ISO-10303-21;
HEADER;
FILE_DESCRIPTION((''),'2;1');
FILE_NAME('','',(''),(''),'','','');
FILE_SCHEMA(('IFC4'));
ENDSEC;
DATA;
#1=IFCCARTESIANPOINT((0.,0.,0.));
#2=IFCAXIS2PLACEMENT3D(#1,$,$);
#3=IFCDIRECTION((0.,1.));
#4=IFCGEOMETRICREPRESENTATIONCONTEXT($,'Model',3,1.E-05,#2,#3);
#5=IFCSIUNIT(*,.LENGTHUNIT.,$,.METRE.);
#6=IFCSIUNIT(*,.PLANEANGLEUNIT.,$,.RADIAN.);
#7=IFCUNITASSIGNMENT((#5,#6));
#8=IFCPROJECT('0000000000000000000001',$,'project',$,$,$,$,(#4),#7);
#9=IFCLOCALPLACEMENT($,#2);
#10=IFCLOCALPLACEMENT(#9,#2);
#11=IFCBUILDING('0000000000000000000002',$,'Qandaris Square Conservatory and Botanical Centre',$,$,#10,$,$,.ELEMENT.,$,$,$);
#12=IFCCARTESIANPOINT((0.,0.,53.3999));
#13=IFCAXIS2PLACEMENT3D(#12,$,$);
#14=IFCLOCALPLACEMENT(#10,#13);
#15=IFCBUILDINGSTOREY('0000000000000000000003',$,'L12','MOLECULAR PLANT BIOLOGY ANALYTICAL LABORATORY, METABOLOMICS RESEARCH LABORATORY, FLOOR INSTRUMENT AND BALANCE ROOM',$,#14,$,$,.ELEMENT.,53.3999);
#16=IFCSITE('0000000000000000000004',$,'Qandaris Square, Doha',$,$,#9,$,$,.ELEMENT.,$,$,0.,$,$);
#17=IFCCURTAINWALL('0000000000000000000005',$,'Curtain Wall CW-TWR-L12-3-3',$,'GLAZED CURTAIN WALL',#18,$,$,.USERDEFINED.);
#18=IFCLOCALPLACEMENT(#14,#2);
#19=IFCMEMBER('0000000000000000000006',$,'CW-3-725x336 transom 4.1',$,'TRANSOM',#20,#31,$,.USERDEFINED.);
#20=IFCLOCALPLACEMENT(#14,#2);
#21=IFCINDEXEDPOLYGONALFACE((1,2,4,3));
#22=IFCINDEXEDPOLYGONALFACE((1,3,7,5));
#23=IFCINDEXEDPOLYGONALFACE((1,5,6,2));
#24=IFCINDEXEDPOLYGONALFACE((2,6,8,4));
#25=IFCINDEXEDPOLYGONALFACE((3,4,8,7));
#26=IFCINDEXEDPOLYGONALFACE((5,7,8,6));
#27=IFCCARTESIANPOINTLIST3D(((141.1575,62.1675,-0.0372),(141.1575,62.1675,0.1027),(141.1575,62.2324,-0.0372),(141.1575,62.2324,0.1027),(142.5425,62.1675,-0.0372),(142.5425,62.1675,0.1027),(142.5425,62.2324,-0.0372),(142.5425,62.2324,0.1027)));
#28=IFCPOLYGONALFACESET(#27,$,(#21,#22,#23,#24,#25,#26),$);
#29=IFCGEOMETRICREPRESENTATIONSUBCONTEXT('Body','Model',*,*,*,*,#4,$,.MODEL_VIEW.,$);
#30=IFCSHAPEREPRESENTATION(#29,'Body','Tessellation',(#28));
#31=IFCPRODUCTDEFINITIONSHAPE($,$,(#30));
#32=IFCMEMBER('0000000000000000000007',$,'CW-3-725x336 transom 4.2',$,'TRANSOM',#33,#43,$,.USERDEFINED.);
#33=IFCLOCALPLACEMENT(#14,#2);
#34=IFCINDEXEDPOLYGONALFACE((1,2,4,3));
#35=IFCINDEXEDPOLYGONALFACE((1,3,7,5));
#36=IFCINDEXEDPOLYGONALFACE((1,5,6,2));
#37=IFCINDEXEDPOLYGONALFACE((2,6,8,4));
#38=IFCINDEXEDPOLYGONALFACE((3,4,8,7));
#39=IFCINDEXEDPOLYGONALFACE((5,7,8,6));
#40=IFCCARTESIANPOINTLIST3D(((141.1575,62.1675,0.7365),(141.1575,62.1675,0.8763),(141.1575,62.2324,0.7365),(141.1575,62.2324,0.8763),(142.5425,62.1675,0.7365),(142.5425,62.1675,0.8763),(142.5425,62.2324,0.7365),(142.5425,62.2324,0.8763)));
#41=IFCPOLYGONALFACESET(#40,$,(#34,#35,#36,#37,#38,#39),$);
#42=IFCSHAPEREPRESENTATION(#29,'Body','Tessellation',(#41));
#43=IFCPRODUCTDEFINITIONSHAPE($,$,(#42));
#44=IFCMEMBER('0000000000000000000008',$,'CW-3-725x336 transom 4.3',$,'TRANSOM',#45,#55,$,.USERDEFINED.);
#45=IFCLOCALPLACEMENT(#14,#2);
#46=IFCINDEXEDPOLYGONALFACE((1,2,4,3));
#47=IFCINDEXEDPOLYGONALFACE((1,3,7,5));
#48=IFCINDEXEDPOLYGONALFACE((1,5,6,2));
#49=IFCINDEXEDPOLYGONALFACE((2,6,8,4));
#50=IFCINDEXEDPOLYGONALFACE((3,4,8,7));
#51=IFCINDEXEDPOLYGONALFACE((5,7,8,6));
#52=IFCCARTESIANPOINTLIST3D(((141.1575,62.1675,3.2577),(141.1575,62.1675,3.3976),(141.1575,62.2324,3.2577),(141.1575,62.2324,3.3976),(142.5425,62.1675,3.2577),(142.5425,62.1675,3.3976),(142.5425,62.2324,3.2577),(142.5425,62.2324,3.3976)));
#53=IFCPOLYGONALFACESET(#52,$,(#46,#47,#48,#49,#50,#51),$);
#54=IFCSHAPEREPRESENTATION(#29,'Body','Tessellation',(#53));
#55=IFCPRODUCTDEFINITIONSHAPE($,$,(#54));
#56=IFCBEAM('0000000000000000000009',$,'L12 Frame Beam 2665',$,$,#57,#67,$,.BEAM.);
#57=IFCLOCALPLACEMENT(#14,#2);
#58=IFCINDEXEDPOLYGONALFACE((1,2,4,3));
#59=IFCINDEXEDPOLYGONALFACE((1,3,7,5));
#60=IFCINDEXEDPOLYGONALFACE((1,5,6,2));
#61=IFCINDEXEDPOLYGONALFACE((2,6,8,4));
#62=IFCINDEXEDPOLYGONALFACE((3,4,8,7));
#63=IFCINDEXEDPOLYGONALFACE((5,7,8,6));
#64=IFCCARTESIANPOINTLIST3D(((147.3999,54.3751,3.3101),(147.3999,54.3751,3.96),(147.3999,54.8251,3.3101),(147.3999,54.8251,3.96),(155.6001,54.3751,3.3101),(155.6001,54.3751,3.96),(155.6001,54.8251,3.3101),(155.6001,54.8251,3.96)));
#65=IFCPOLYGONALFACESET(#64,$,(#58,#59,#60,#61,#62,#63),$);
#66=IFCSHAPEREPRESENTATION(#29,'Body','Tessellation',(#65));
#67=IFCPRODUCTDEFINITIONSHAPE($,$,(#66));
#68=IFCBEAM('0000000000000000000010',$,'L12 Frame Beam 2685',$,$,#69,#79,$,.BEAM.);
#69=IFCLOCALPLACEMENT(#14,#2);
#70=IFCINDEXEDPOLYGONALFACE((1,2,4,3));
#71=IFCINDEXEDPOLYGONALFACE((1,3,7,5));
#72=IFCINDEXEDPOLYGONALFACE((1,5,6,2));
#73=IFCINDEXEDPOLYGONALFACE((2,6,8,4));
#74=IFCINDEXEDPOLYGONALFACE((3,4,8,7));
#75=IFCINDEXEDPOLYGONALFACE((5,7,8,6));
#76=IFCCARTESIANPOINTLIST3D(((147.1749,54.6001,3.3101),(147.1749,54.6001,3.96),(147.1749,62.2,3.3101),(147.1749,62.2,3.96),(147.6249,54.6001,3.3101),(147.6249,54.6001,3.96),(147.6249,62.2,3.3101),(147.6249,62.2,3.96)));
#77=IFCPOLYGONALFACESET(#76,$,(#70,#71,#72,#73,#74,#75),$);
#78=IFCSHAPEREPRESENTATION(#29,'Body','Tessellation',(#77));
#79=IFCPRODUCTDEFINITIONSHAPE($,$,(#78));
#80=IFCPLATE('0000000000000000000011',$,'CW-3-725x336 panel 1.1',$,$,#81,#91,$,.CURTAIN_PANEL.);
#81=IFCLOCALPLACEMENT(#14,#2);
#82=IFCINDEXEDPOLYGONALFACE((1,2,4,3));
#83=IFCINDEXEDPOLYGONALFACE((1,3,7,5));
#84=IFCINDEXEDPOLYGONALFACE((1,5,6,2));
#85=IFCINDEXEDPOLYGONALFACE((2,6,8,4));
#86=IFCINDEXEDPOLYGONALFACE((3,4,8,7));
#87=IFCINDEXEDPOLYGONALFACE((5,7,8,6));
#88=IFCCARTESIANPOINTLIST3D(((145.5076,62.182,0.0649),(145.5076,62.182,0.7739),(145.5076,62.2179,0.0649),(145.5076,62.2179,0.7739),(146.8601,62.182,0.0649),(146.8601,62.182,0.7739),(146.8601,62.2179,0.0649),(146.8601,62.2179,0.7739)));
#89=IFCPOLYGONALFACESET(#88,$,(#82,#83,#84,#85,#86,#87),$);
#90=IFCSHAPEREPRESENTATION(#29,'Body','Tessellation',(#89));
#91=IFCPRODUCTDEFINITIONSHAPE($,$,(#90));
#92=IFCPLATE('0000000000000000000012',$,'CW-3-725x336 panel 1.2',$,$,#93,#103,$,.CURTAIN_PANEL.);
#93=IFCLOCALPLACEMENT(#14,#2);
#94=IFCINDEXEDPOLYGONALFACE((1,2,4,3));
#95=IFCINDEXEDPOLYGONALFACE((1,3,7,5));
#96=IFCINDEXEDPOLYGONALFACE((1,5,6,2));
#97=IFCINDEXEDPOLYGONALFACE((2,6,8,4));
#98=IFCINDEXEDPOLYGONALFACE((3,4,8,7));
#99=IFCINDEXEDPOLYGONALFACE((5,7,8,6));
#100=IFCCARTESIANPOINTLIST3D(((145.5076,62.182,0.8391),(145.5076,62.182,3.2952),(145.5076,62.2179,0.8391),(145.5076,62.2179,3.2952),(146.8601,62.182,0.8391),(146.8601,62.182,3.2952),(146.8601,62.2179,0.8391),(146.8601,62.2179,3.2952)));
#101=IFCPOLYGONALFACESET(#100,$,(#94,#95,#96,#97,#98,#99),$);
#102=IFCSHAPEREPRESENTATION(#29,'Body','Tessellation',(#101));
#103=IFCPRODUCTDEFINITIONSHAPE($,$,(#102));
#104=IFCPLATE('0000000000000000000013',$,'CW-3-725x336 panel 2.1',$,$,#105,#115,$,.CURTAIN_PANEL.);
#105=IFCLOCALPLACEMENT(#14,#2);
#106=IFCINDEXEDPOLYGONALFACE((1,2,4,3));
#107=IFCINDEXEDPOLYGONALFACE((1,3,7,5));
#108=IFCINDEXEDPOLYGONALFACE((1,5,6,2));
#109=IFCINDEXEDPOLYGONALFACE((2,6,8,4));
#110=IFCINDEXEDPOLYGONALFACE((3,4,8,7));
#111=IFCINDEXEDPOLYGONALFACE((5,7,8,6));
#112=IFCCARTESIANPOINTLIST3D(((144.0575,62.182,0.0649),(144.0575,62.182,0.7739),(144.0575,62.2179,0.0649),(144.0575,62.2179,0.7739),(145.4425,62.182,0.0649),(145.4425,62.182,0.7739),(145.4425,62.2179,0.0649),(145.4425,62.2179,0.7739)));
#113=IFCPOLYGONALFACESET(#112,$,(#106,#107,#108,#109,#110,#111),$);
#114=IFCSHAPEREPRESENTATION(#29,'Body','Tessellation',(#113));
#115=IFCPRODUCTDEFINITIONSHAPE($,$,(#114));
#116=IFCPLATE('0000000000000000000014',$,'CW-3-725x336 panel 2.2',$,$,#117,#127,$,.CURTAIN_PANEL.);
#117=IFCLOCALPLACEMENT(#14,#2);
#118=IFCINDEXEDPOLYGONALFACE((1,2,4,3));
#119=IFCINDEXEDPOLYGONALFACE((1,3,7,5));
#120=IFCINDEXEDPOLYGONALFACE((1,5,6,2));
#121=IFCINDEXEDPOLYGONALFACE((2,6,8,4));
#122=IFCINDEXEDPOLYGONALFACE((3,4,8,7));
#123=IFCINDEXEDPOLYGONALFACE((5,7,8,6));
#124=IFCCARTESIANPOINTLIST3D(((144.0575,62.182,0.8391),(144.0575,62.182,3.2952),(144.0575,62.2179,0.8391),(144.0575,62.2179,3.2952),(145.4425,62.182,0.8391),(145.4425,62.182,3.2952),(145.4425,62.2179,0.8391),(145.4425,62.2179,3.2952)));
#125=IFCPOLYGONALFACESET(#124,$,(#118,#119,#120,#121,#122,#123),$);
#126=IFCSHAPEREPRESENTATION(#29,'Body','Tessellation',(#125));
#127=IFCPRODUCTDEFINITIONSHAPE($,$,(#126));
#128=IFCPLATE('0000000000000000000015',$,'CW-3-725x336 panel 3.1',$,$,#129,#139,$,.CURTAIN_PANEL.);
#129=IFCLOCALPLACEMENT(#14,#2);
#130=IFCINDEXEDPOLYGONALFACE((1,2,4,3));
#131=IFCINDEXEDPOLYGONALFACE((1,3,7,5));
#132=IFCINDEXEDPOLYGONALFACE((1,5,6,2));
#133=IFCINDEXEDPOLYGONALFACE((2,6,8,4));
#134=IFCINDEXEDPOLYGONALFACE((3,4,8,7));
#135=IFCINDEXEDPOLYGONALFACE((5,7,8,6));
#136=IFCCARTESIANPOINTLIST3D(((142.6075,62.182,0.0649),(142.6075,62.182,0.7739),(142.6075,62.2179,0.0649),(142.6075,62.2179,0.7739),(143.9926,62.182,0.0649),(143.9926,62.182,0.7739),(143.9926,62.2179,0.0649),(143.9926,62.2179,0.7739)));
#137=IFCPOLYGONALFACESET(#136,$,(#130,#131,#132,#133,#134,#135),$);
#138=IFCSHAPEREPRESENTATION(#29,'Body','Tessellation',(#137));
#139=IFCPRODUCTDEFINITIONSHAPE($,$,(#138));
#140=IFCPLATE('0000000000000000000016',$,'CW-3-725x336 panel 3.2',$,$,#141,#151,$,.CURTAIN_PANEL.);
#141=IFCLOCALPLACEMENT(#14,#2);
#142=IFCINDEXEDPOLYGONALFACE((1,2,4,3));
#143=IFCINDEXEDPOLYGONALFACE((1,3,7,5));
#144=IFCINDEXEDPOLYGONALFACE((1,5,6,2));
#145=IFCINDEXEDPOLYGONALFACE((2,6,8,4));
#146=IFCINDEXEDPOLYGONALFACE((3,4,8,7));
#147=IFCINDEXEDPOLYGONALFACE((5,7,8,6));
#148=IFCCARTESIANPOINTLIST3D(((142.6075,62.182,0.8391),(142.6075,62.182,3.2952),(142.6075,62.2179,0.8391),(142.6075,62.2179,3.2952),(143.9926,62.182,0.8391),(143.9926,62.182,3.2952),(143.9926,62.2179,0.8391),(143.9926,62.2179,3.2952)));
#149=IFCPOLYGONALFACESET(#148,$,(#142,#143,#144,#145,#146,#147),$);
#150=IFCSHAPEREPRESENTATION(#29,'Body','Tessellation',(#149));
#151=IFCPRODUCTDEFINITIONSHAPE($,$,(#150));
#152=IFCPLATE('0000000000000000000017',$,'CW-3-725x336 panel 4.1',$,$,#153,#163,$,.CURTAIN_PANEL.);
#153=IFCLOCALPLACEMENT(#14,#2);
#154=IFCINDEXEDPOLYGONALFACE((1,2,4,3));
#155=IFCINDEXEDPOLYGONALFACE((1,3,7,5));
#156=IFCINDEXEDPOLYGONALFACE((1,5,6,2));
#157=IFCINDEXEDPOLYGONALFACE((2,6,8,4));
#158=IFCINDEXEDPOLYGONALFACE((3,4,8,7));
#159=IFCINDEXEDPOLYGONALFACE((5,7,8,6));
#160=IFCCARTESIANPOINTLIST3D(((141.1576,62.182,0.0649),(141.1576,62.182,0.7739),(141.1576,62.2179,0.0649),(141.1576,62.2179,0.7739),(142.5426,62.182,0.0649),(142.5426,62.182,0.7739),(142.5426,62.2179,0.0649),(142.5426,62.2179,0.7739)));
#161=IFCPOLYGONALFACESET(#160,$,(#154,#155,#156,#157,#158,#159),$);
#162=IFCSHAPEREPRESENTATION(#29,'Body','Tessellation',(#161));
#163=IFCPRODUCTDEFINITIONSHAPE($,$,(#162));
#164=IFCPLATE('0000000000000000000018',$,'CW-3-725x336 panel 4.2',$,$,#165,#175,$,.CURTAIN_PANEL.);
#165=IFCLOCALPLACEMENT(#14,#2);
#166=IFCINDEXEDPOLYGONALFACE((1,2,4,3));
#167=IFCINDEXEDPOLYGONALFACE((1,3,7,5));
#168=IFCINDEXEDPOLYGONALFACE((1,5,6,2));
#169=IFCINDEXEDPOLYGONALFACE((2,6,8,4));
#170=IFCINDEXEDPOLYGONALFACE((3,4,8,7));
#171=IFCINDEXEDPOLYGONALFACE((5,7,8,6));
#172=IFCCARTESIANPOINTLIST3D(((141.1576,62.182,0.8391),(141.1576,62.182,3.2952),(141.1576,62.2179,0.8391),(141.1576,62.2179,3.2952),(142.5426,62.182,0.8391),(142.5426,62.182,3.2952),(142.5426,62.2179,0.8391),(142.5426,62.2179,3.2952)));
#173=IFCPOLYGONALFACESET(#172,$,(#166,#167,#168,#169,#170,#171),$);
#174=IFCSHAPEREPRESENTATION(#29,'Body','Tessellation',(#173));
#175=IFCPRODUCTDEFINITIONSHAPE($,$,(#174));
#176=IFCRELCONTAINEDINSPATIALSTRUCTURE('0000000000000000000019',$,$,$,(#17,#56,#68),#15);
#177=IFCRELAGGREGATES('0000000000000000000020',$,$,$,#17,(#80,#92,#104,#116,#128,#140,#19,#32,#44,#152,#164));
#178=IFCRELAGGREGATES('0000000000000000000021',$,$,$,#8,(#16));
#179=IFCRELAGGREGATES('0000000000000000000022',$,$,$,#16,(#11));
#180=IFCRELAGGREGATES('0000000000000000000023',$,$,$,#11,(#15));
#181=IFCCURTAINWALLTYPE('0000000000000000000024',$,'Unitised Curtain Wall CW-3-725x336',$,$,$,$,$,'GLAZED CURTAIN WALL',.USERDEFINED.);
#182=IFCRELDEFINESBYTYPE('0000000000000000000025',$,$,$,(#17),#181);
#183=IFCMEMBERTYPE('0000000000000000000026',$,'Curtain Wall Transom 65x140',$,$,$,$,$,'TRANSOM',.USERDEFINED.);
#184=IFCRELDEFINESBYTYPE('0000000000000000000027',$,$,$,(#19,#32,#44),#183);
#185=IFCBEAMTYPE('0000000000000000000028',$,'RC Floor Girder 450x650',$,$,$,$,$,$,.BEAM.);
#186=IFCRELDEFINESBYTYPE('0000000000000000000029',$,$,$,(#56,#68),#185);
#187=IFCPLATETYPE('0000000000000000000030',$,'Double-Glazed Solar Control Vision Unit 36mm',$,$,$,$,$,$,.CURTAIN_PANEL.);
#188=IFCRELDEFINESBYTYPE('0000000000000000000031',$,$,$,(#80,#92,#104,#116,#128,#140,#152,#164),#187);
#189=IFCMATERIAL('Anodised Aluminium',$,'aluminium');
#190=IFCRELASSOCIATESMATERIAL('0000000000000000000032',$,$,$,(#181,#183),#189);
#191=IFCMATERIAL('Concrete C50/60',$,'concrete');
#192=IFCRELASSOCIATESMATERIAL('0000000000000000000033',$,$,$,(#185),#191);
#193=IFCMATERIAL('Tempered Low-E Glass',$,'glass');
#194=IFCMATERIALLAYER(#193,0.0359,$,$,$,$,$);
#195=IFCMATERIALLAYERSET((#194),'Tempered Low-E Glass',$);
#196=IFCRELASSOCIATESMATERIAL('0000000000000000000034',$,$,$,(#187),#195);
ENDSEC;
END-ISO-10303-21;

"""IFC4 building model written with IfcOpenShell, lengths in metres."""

from ifc_helpers import new_model, si_unit, direction, frame, origin, origin_2d, place, context, subcontext, project, spatial, rectangle, extrude, material, layer, layer_set, material_profile, profile_set, type_object, element, aggregate, save


model = new_model("IFC4")

# Units and contexts
model_context = context("Model", 3, precision=1e-05, world=origin(), true_north=direction((0.0, 1.0)))
body_context = subcontext(model_context, "Body", "Model", "MODEL_VIEW")
ifc_project = project(units=[si_unit("LENGTHUNIT", "METRE"), si_unit("PLANEANGLEUNIT", "RADIAN")], contexts=[model_context])

# Site, building, storey
site_placement = place(None, origin())
site = spatial("IfcSite", under=ifc_project, at=site_placement, Name="Qandaris Square, Doha", CompositionType="ELEMENT", RefElevation=0.0)
building_placement = place(site_placement, origin())
building = spatial("IfcBuilding", under=site, at=building_placement, Name="Qandaris Square Conservatory and Botanical Centre", CompositionType="ELEMENT")
storey_placement = place(building_placement, frame((0.0, 0.0, 53.3999)))
storey = spatial("IfcBuildingStorey", under=building, at=storey_placement, Name="L12", Description="MOLECULAR PLANT BIOLOGY ANALYTICAL LABORATORY, METABOLOMICS RESEARCH LABORATORY, FLOOR INSTRUMENT AND BALANCE ROOM", CompositionType="ELEMENT", Elevation=53.3999)

# Shared definitions
ifc_material_1 = material(Name="Concrete C50/60", Category="concrete")

# Curtain wall, members
ifc_material_2 = material(Name="Anodised Aluminium", Category="aluminium")
curtain_wall_type = type_object("IfcCurtainWallType", Name="Unitised Curtain Wall CW-3-725x336", ElementType="GLAZED CURTAIN WALL", PredefinedType="USERDEFINED", material=ifc_material_2)
curtain_wall_placement = place(storey_placement, origin())
curtain_wall = element("IfcCurtainWall", 1, at=curtain_wall_placement, inside=storey, type_object=curtain_wall_type, Name="Curtain Wall CW-TWR-L12-3-3", ObjectType="GLAZED CURTAIN WALL", PredefinedType="USERDEFINED")
ifc_material_profile_1 = material_profile(ifc_material_2, rectangle(XDim=0.0649, YDim=0.1399, at=origin_2d()), Name="ALU-TRN 65x140")
ifc_profile_set_1 = profile_set([ifc_material_profile_1], Name="Anodised Aluminium")
member_type_1 = type_object("IfcMemberType", Name="Curtain Wall Transom 65x140", ElementType="TRANSOM", PredefinedType="USERDEFINED", material=ifc_profile_set_1)
member_1_placement = place(storey_placement, frame((142.5425, 62.2, 0.0327), z_axis=(-1.0, 0.0, 0.0), x_axis=(0.0, -1.0, 0.0)))
member_1 = element("IfcMember", 2, at=member_1_placement, type_object=member_type_1, Name="CW-3-725x336 transom 4.1", ObjectType="TRANSOM", PredefinedType="USERDEFINED", context=body_context, shape_type="SweptSolid", body=[
    extrude(rectangle(XDim=0.0649, YDim=0.1399, at=origin_2d()), origin(), (0.0, 0.0, 1.0), 1.385),
])
member_2_placement = place(storey_placement, frame((142.5425, 62.2, 0.8064), z_axis=(-1.0, 0.0, 0.0), x_axis=(0.0, -1.0, 0.0)))
member_2 = element("IfcMember", 3, at=member_2_placement, type_object=member_type_1, Name="CW-3-725x336 transom 4.2", ObjectType="TRANSOM", PredefinedType="USERDEFINED", context=body_context, shape_type="SweptSolid", body=[
    extrude(rectangle(XDim=0.0649, YDim=0.1399, at=origin_2d()), origin(), (0.0, 0.0, 1.0), 1.385),
])
member_3_placement = place(storey_placement, frame((142.5425, 62.2, 3.3276), z_axis=(-1.0, 0.0, 0.0), x_axis=(0.0, -1.0, 0.0)))
member_3 = element("IfcMember", 4, at=member_3_placement, type_object=member_type_1, Name="CW-3-725x336 transom 4.3", ObjectType="TRANSOM", PredefinedType="USERDEFINED", context=body_context, shape_type="SweptSolid", body=[
    extrude(rectangle(XDim=0.0649, YDim=0.1399, at=origin_2d()), origin(), (0.0, 0.0, 1.0), 1.385),
])

# Beams
ifc_material_profile_2 = material_profile(ifc_material_1, rectangle(XDim=0.45, YDim=0.6499, at=origin_2d()), Name="RC-BM 450x650")
ifc_profile_set_2 = profile_set([ifc_material_profile_2], Name="Concrete C50/60")
beam_type = type_object("IfcBeamType", Name="RC Floor Girder 450x650", PredefinedType="BEAM", material=ifc_profile_set_2)
beam_1_placement = place(storey_placement, frame((147.3999, 54.6001, 3.635), z_axis=(1.0, 0.0, 0.0), x_axis=(0.0, 1.0, 0.0)))
element("IfcBeam", 5, at=beam_1_placement, inside=storey, type_object=beam_type, Name="L12 Frame Beam 2665", PredefinedType="BEAM", context=body_context, shape_type="SweptSolid", body=[
    extrude(rectangle(XDim=0.45, YDim=0.6499, at=origin_2d()), origin(), (0.0, 0.0, 1.0), 8.2002),
])
beam_2_placement = place(storey_placement, frame((147.3999, 54.6001, 3.635), z_axis=(0.0, 1.0, 0.0), x_axis=(-1.0, 0.0, 0.0)))
element("IfcBeam", 6, at=beam_2_placement, inside=storey, type_object=beam_type, Name="L12 Frame Beam 2685", PredefinedType="BEAM", context=body_context, shape_type="SweptSolid", body=[
    extrude(rectangle(XDim=0.45, YDim=0.6499, at=origin_2d()), origin(), (0.0, 0.0, 1.0), 7.5999),
])

# Plates
ifc_material_3 = material(Name="Tempered Low-E Glass", Category="glass")
ifc_layer = layer(ifc_material_3, 0.0359)
ifc_layer_set = layer_set([ifc_layer], Name="Tempered Low-E Glass")
plate_type = type_object("IfcPlateType", Name="Double-Glazed Solar Control Vision Unit 36mm", PredefinedType="CURTAIN_PANEL", material=ifc_layer_set)
plate_1_placement = place(storey_placement, frame((146.1838, 62.2, 0.0649), z_axis=(0.0, 0.0, 1.0), x_axis=(-1.0, 0.0, 0.0)))
plate_1 = element("IfcPlate", 7, at=plate_1_placement, type_object=plate_type, Name="CW-3-725x336 panel 1.1", PredefinedType="CURTAIN_PANEL", context=body_context, shape_type="SweptSolid", body=[
    extrude(rectangle(XDim=1.3525, YDim=0.0359, at=origin_2d()), origin(), (0.0, 0.0, 1.0), 0.709),
])
plate_2_placement = place(storey_placement, frame((146.1838, 62.2, 0.8391), z_axis=(0.0, 0.0, 1.0), x_axis=(-1.0, 0.0, 0.0)))
plate_2 = element("IfcPlate", 8, at=plate_2_placement, type_object=plate_type, Name="CW-3-725x336 panel 1.2", PredefinedType="CURTAIN_PANEL", context=body_context, shape_type="SweptSolid", body=[
    extrude(rectangle(XDim=1.3525, YDim=0.0359, at=origin_2d()), origin(), (0.0, 0.0, 1.0), 2.4561),
])
plate_3_placement = place(storey_placement, frame((144.75, 62.2, 0.0649), z_axis=(0.0, 0.0, 1.0), x_axis=(-1.0, 0.0, 0.0)))
plate_3 = element("IfcPlate", 9, at=plate_3_placement, type_object=plate_type, Name="CW-3-725x336 panel 2.1", PredefinedType="CURTAIN_PANEL", context=body_context, shape_type="SweptSolid", body=[
    extrude(rectangle(XDim=1.385, YDim=0.0359, at=origin_2d()), origin(), (0.0, 0.0, 1.0), 0.709),
])
plate_4_placement = place(storey_placement, frame((144.75, 62.2, 0.8391), z_axis=(0.0, 0.0, 1.0), x_axis=(-1.0, 0.0, 0.0)))
plate_4 = element("IfcPlate", 10, at=plate_4_placement, type_object=plate_type, Name="CW-3-725x336 panel 2.2", PredefinedType="CURTAIN_PANEL", context=body_context, shape_type="SweptSolid", body=[
    extrude(rectangle(XDim=1.385, YDim=0.0359, at=origin_2d()), origin(), (0.0, 0.0, 1.0), 2.4561),
])
plate_5_placement = place(storey_placement, frame((143.3, 62.2, 0.0649), z_axis=(0.0, 0.0, 1.0), x_axis=(-1.0, 0.0, 0.0)))
plate_5 = element("IfcPlate", 11, at=plate_5_placement, type_object=plate_type, Name="CW-3-725x336 panel 3.1", PredefinedType="CURTAIN_PANEL", context=body_context, shape_type="SweptSolid", body=[
    extrude(rectangle(XDim=1.385, YDim=0.0359, at=origin_2d()), origin(), (0.0, 0.0, 1.0), 0.709),
])
plate_6_placement = place(storey_placement, frame((143.3, 62.2, 0.8391), z_axis=(0.0, 0.0, 1.0), x_axis=(-1.0, 0.0, 0.0)))
plate_6 = element("IfcPlate", 12, at=plate_6_placement, type_object=plate_type, Name="CW-3-725x336 panel 3.2", PredefinedType="CURTAIN_PANEL", context=body_context, shape_type="SweptSolid", body=[
    extrude(rectangle(XDim=1.385, YDim=0.0359, at=origin_2d()), origin(), (0.0, 0.0, 1.0), 2.4561),
])
plate_7_placement = place(storey_placement, frame((141.8501, 62.2, 0.0649), z_axis=(0.0, 0.0, 1.0), x_axis=(-1.0, 0.0, 0.0)))
plate_7 = element("IfcPlate", 13, at=plate_7_placement, type_object=plate_type, Name="CW-3-725x336 panel 4.1", PredefinedType="CURTAIN_PANEL", context=body_context, shape_type="SweptSolid", body=[
    extrude(rectangle(XDim=1.385, YDim=0.0359, at=origin_2d()), origin(), (0.0, 0.0, 1.0), 0.709),
])
plate_8_placement = place(storey_placement, frame((141.8501, 62.2, 0.8391), z_axis=(0.0, 0.0, 1.0), x_axis=(-1.0, 0.0, 0.0)))
plate_8 = element("IfcPlate", 14, at=plate_8_placement, type_object=plate_type, Name="CW-3-725x336 panel 4.2", PredefinedType="CURTAIN_PANEL", context=body_context, shape_type="SweptSolid", body=[
    extrude(rectangle(XDim=1.385, YDim=0.0359, at=origin_2d()), origin(), (0.0, 0.0, 1.0), 2.4561),
])
aggregate(curtain_wall, [plate_1, plate_2, plate_3, plate_4, plate_5, plate_6, member_1, member_2, member_3, plate_7, plate_8])

save(model, "model.ifc")
